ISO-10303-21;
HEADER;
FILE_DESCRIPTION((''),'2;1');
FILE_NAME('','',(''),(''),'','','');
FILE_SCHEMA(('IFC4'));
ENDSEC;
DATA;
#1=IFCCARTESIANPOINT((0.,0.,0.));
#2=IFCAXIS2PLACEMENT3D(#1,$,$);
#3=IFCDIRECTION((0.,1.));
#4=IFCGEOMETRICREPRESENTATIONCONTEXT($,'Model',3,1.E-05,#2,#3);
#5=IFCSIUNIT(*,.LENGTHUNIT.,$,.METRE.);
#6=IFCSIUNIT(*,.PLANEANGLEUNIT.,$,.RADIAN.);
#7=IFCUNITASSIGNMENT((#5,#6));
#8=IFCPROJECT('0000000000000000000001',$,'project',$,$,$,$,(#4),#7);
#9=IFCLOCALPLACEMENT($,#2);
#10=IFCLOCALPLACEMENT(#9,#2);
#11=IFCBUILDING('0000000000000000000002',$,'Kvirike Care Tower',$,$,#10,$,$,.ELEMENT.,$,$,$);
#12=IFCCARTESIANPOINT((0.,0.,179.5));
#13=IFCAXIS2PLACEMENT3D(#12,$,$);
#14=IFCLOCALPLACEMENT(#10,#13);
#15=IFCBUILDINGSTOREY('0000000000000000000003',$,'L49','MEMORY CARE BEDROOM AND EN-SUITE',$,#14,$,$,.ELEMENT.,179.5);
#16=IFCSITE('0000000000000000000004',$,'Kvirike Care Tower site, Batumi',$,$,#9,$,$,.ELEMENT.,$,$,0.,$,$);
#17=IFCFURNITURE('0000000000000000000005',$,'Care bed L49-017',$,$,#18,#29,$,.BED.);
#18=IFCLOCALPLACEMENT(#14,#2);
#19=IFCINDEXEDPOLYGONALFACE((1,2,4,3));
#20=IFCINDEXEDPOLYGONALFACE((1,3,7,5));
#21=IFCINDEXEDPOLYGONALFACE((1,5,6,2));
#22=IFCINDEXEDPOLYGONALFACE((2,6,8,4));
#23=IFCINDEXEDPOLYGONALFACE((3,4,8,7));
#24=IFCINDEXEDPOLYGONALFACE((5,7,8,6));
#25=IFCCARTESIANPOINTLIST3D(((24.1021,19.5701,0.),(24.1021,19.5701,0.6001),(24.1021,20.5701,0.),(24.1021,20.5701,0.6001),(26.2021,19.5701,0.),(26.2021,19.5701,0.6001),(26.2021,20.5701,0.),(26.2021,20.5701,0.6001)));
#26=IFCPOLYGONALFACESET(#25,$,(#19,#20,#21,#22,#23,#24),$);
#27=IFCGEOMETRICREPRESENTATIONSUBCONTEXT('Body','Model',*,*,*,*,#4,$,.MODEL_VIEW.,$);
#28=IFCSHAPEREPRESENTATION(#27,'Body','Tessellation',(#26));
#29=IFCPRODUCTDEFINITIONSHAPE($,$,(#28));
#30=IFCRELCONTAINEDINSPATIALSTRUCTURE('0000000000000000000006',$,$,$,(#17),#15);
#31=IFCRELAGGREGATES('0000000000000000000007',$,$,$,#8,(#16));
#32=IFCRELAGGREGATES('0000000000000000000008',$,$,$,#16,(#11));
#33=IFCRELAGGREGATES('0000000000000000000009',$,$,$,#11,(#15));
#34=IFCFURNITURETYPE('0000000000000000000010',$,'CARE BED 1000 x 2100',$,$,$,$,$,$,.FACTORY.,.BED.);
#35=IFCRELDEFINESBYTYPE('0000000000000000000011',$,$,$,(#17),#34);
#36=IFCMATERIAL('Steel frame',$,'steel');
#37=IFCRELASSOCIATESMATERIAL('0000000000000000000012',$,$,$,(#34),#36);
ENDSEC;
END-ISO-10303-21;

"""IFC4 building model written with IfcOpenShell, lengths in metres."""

from ifc_helpers import new_model, si_unit, direction, frame, origin, origin_2d, place, context, subcontext, project, spatial, rectangle, extrude, material, type_object, element, save


model = new_model("IFC4")

# Units and contexts
model_context = context("Model", 3, precision=1e-05, world=origin(), true_north=direction((0.0, 1.0)))
body_context = subcontext(model_context, "Body", "Model", "MODEL_VIEW")
ifc_project = project(units=[si_unit("LENGTHUNIT", "METRE"), si_unit("PLANEANGLEUNIT", "RADIAN")], contexts=[model_context])

# Site, building, storey
site_placement = place(None, origin())
site = spatial("IfcSite", under=ifc_project, at=site_placement, Name="Kvirike Care Tower site, Batumi", CompositionType="ELEMENT", RefElevation=0.0)
building_placement = place(site_placement, origin())
building = spatial("IfcBuilding", under=site, at=building_placement, Name="Kvirike Care Tower", CompositionType="ELEMENT")
storey_placement = place(building_placement, frame((0.0, 0.0, 179.5)))
storey = spatial("IfcBuildingStorey", under=building, at=storey_placement, Name="L49", Description="MEMORY CARE BEDROOM AND EN-SUITE", CompositionType="ELEMENT", Elevation=179.5)

# Furniture
ifc_material_1 = material(Name="Steel frame", Category="steel")
furniture_type = type_object("IfcFurnitureType", Name="CARE BED 1000 x 2100", AssemblyPlace="FACTORY", PredefinedType="BED", material=ifc_material_1)
for number, where, z_axis, x_axis, name in (
    (1, (25.1521, 20.0701, 0.0), (0.0, 0.0, 1.0), (0.0, 1.0, 0.0), "Care bed L49-017"),
):
    element("IfcFurniture", number, at=place(storey_placement, frame(where, z_axis=z_axis, x_axis=x_axis)), inside=storey, type_object=furniture_type, Name=name, PredefinedType="BED", context=body_context, shape_type="SweptSolid", body=[
        extrude(rectangle(XDim=1.0, YDim=2.1001, at=origin_2d()), origin(), (0.0, 0.0, 1.0), 0.6001),
    ])

save(model, "model.ifc")
